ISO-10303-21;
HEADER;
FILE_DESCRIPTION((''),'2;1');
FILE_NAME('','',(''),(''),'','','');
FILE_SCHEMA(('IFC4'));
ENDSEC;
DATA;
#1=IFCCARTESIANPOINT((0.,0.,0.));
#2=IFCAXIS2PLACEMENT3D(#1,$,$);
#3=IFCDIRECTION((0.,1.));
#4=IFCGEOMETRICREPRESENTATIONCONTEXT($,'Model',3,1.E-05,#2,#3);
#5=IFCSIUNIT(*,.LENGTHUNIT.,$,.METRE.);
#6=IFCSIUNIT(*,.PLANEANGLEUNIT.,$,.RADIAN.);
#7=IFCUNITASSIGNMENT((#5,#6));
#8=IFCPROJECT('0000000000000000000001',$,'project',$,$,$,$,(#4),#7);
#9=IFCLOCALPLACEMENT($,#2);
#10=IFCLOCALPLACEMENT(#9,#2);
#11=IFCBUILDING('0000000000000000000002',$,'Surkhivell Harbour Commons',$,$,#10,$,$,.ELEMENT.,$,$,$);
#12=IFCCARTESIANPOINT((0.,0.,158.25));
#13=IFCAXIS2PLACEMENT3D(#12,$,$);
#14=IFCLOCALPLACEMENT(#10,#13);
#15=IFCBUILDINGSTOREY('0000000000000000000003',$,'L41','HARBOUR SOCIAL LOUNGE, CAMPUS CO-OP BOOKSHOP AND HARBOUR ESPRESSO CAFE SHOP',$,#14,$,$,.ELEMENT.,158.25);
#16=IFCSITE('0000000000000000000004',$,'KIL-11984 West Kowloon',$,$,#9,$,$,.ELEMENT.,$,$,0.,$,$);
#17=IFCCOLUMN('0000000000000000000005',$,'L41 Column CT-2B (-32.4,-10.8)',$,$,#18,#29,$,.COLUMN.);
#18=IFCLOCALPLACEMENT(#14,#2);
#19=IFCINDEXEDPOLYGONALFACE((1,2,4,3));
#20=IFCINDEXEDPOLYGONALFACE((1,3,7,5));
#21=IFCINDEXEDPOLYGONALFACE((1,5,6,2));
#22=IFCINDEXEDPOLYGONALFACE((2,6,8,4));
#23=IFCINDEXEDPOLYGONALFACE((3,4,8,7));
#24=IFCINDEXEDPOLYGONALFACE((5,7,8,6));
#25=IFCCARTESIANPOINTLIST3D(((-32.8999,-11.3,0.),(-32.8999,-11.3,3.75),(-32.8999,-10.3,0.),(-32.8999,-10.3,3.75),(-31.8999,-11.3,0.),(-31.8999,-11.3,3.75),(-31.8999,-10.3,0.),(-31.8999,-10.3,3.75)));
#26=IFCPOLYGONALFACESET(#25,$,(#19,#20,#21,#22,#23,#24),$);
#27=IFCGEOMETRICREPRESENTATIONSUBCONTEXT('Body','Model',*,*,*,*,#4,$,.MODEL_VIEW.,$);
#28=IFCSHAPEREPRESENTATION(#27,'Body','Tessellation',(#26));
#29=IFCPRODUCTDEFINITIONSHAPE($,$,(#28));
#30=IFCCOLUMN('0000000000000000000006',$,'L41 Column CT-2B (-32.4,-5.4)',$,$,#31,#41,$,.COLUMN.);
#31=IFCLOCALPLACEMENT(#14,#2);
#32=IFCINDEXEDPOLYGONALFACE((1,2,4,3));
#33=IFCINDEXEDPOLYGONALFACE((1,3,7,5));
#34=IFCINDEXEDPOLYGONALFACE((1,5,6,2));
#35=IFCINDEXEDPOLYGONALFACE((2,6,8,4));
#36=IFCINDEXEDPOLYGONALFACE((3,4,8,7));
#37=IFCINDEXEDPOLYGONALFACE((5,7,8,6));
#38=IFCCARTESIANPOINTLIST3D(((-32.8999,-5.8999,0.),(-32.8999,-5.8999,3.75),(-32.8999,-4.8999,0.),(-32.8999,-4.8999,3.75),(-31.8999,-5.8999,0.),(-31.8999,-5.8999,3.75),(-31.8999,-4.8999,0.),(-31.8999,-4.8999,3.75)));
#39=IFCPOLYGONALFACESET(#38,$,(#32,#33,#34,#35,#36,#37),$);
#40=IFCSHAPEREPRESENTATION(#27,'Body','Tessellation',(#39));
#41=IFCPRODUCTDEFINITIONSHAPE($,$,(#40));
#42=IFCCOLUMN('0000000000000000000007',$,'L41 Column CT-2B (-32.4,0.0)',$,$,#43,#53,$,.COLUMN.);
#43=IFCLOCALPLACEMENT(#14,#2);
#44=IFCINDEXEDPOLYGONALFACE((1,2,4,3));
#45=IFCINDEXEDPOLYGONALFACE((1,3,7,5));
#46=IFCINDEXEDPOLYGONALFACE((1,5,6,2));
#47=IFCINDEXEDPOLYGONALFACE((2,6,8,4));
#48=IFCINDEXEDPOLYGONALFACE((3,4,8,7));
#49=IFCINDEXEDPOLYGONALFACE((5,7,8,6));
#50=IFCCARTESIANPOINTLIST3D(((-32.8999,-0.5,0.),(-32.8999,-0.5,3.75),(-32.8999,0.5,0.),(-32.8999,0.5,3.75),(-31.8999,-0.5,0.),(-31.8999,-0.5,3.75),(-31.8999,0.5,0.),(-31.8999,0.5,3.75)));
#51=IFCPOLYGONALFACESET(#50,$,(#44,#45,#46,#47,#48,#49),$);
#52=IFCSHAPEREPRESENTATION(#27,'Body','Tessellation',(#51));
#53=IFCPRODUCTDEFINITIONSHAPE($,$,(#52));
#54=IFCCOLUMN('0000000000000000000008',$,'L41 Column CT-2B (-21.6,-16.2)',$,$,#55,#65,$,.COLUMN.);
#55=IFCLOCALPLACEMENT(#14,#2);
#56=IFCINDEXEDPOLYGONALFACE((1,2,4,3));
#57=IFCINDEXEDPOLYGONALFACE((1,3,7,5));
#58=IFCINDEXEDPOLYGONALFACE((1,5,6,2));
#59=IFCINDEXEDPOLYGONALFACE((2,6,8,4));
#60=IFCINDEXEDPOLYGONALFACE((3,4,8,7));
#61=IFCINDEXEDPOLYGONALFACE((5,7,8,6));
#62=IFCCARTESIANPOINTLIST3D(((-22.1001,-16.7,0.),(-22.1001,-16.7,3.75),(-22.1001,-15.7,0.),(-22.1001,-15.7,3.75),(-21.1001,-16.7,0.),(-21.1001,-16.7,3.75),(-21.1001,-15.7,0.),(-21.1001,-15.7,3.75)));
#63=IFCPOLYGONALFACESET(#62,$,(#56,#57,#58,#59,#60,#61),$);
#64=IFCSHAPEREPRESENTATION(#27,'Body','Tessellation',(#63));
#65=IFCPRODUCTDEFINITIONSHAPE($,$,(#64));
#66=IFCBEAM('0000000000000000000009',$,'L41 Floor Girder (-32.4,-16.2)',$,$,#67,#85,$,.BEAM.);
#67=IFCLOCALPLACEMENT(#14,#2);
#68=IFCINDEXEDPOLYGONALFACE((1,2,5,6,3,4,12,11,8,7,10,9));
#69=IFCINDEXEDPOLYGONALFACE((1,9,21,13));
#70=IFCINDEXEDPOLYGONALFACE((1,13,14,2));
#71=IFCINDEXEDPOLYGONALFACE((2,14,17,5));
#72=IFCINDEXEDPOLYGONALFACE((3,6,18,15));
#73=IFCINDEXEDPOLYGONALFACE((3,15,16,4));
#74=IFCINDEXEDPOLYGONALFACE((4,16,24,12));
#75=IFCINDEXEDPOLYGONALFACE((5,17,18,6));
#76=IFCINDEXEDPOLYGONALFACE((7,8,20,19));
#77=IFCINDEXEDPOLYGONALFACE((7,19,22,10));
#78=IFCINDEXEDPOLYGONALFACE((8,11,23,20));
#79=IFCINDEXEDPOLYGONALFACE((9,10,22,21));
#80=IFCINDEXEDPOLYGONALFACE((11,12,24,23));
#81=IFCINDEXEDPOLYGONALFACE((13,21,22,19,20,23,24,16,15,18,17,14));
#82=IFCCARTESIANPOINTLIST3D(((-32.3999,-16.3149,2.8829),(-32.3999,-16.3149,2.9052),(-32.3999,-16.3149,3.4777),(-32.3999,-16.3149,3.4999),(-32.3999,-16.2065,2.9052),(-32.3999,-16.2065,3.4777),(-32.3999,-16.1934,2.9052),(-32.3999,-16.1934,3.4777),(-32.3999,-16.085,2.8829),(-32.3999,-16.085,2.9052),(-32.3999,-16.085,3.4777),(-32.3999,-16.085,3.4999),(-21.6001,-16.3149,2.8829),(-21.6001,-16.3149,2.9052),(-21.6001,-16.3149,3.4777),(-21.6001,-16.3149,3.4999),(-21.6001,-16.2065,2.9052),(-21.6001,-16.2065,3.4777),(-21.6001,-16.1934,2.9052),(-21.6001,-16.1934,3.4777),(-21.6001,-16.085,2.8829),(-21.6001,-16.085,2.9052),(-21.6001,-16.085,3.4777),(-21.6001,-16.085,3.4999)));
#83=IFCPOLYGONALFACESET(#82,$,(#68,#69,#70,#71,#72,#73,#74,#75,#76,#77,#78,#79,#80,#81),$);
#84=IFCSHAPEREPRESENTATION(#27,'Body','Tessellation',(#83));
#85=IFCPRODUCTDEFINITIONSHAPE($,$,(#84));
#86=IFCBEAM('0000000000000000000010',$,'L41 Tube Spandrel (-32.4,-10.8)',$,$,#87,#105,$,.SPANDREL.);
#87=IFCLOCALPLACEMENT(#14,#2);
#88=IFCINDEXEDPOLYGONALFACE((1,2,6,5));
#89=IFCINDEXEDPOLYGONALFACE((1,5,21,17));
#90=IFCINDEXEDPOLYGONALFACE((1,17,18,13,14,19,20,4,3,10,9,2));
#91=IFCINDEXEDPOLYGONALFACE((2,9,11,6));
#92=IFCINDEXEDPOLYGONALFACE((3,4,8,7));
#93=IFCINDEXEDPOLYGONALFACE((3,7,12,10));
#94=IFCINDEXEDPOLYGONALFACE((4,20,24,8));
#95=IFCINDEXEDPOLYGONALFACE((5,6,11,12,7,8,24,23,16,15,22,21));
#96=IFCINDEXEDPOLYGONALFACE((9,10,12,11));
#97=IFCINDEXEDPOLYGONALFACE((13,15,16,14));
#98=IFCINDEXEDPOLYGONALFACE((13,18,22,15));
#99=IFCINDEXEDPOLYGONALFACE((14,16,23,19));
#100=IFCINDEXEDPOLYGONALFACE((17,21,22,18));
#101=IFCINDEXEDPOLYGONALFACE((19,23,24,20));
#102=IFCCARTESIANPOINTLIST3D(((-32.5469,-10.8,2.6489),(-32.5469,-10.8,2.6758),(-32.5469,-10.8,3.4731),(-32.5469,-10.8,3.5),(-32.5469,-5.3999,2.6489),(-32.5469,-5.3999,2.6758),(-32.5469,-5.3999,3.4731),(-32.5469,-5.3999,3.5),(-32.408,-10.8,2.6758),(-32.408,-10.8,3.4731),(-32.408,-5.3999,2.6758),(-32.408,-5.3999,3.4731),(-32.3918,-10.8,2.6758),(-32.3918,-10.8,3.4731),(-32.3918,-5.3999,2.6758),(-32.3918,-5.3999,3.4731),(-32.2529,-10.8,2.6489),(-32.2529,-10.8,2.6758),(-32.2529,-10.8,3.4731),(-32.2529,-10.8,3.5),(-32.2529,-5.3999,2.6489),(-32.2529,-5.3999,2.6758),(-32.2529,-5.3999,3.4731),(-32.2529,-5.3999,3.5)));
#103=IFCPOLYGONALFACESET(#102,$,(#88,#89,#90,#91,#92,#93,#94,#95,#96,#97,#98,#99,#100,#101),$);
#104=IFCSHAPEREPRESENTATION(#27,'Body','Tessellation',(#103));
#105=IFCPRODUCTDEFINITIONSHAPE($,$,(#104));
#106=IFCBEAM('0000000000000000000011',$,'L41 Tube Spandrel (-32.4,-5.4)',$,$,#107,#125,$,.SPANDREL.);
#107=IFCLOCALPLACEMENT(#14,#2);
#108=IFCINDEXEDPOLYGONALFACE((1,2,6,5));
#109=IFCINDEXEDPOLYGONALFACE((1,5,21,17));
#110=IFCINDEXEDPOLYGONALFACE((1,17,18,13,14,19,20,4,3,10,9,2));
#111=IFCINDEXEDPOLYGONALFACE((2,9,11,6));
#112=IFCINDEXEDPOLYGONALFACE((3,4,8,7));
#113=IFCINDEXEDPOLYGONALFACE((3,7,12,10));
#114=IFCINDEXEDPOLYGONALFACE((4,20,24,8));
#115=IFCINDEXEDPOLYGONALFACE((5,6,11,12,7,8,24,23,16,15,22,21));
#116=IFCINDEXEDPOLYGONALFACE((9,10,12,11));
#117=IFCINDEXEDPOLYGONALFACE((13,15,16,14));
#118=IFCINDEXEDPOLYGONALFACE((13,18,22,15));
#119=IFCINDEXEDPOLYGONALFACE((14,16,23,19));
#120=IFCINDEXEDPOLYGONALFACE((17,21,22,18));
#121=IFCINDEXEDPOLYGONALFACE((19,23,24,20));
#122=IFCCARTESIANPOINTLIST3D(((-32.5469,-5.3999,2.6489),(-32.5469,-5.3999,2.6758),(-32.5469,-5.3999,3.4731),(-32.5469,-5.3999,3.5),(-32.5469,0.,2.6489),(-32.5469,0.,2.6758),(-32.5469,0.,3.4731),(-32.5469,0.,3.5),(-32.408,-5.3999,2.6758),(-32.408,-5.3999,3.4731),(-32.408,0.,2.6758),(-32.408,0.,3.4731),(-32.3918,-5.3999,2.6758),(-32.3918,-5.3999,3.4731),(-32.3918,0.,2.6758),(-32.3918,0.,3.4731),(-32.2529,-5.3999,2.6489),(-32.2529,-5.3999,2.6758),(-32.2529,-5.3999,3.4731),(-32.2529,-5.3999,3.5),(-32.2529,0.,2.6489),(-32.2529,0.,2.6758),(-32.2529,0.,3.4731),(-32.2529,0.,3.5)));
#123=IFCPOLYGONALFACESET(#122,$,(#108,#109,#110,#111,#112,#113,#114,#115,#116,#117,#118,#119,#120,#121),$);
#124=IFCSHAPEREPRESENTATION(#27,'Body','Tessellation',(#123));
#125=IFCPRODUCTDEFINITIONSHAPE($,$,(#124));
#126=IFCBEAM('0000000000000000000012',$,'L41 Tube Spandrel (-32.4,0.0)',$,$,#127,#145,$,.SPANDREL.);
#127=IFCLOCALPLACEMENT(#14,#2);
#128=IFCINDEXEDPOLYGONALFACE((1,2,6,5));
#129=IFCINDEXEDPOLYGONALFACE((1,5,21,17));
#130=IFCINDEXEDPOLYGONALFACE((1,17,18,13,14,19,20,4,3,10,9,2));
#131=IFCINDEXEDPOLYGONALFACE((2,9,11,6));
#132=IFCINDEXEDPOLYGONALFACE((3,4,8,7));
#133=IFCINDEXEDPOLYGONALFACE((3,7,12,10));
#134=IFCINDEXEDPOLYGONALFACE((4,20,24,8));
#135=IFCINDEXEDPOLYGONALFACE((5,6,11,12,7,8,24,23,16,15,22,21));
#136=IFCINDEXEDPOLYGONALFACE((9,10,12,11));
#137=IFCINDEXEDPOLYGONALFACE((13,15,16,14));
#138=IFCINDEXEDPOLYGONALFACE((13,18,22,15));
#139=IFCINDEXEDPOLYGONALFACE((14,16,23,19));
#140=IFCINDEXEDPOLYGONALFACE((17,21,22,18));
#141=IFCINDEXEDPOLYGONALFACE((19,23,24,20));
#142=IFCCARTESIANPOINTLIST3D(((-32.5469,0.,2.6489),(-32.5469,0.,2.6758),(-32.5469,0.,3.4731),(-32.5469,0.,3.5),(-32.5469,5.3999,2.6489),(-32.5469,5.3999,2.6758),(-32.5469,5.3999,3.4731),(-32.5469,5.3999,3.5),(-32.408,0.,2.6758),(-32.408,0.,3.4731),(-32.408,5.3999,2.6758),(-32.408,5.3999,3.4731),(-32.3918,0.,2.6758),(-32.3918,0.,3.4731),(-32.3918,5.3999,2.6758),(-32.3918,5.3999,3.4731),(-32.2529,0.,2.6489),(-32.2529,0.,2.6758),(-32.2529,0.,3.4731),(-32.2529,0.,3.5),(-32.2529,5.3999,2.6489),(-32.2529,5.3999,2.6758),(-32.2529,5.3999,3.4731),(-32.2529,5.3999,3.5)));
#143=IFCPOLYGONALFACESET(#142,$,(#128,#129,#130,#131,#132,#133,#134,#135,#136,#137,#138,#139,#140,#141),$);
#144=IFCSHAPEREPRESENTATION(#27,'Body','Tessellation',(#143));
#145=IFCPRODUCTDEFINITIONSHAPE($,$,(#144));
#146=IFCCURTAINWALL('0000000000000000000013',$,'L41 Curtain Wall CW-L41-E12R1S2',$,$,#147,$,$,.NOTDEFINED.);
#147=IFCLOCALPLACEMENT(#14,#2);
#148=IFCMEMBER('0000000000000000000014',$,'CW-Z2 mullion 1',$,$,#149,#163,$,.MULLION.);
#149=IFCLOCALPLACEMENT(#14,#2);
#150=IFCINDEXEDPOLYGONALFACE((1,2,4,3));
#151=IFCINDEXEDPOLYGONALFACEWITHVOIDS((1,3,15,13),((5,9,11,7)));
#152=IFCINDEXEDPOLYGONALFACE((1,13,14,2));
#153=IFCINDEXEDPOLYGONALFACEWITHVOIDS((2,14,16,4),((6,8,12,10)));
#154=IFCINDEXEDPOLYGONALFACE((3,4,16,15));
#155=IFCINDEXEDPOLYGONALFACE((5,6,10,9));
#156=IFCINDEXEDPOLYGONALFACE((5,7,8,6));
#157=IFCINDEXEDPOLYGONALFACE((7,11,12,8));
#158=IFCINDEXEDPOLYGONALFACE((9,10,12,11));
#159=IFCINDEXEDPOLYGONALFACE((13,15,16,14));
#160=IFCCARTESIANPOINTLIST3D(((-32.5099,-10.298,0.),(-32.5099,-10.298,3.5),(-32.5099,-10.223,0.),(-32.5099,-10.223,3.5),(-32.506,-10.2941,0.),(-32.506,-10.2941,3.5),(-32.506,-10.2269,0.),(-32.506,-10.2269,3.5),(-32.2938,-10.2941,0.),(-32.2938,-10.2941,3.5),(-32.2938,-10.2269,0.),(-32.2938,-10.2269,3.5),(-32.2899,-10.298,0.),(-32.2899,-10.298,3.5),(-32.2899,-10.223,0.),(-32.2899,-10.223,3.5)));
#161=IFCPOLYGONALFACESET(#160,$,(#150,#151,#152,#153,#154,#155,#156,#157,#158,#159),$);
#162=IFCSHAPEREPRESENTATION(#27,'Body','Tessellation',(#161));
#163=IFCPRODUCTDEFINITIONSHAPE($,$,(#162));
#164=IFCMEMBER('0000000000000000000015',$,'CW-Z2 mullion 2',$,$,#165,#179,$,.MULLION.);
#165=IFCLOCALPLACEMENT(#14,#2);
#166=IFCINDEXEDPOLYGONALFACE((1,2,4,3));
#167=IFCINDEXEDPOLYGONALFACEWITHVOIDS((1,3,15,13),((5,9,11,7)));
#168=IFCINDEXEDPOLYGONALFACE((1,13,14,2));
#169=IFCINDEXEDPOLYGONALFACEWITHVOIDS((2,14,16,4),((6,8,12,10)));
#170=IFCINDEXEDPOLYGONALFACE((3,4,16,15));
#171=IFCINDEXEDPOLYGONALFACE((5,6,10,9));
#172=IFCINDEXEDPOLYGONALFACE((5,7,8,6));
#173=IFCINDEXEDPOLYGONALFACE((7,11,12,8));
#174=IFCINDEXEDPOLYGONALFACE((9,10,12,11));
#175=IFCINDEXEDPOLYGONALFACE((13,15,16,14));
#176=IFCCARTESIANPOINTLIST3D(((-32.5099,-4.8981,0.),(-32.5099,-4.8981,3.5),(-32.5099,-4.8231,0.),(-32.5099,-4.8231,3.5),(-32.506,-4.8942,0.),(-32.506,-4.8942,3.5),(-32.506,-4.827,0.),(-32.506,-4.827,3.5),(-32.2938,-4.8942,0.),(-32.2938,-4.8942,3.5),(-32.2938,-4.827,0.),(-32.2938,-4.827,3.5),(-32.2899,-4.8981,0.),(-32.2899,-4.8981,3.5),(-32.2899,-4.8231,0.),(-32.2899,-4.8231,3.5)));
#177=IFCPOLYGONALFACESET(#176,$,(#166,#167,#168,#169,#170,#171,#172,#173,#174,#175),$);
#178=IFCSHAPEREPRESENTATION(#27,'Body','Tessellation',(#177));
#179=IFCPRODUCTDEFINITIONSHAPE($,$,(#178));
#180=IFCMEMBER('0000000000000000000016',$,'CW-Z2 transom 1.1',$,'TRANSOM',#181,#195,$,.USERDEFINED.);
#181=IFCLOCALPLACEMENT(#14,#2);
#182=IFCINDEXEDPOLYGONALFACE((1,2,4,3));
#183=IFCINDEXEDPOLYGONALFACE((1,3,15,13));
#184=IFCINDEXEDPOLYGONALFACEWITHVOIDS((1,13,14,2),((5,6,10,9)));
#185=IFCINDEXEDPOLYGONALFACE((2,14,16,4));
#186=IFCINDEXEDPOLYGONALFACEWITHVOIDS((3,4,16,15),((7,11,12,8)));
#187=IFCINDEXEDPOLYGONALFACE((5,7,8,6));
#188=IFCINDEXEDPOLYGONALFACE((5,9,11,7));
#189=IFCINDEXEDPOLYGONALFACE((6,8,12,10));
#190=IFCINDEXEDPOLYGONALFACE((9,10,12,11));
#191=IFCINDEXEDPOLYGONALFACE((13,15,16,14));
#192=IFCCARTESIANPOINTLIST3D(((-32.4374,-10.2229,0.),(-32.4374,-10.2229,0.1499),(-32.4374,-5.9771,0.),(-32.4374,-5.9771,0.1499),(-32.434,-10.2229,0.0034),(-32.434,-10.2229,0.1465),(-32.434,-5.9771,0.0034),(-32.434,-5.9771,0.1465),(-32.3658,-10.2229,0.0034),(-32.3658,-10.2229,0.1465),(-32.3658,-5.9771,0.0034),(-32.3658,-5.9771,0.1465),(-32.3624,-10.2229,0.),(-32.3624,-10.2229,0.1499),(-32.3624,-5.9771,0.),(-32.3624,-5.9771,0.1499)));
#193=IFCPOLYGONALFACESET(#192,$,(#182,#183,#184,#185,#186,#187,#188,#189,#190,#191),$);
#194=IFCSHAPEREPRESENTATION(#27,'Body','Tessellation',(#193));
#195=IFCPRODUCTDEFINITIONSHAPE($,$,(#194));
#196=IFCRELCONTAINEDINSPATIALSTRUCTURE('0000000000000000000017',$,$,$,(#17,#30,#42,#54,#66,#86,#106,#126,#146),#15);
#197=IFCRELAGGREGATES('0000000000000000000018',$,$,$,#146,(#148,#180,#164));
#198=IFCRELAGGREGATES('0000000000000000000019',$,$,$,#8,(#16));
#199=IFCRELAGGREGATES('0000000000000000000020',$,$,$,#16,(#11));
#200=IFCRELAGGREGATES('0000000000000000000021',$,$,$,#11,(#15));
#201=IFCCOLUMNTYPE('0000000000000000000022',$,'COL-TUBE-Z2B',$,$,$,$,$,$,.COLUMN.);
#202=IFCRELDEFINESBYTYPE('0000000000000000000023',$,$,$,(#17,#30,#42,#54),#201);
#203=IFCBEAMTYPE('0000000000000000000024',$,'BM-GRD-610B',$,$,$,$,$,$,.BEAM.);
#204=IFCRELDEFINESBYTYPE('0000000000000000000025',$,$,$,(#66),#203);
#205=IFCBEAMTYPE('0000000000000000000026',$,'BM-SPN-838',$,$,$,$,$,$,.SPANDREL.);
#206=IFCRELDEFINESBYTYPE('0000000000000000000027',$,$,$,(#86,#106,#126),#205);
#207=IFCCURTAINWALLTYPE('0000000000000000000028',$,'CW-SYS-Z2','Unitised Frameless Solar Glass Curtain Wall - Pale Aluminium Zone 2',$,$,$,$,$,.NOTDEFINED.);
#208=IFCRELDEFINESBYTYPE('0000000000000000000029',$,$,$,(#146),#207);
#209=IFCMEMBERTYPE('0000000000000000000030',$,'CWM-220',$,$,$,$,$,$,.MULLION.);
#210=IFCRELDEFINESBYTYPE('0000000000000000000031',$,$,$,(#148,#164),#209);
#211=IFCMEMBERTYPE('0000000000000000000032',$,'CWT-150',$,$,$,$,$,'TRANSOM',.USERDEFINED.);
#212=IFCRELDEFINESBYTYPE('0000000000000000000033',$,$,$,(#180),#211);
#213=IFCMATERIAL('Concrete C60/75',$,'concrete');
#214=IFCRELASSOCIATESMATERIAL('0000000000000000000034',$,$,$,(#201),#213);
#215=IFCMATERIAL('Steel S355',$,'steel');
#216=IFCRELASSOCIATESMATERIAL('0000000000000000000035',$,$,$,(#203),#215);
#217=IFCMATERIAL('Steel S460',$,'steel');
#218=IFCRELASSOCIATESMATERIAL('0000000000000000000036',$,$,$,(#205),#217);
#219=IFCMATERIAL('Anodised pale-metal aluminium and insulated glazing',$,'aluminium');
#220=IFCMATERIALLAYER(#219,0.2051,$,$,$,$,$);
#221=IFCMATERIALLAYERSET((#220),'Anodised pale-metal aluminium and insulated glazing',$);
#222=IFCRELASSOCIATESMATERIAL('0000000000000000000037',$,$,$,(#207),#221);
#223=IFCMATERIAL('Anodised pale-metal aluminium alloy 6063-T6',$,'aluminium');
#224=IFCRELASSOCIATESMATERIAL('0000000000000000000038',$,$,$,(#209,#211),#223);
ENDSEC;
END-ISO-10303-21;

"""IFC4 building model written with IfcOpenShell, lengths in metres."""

from ifc_helpers import new_model, si_unit, direction, frame, origin, origin_2d, place, context, subcontext, project, spatial, rectangle, hollow_rectangle, i_section, extrude, material, layer, layer_set, material_profile, profile_set, type_object, element, aggregate, save


model = new_model("IFC4")

# Units and contexts
model_context = context("Model", 3, precision=1e-05, world=origin(), true_north=direction((0.0, 1.0)))
body_context = subcontext(model_context, "Body", "Model", "MODEL_VIEW")
ifc_project = project(units=[si_unit("LENGTHUNIT", "METRE"), si_unit("PLANEANGLEUNIT", "RADIAN")], contexts=[model_context])

# Site, building, storey
site_placement = place(None, origin())
site = spatial("IfcSite", under=ifc_project, at=site_placement, Name="KIL-11984 West Kowloon", CompositionType="ELEMENT", RefElevation=0.0)
building_placement = place(site_placement, origin())
building = spatial("IfcBuilding", under=site, at=building_placement, Name="Surkhivell Harbour Commons", CompositionType="ELEMENT")
storey_placement = place(building_placement, frame((0.0, 0.0, 158.25)))
storey = spatial("IfcBuildingStorey", under=building, at=storey_placement, Name="L41", Description="HARBOUR SOCIAL LOUNGE, CAMPUS CO-OP BOOKSHOP AND HARBOUR ESPRESSO CAFE SHOP", CompositionType="ELEMENT", Elevation=158.25)

# Columns
ifc_material_1 = material(Name="Concrete C60/75", Category="concrete")
ifc_material_profile_1 = material_profile(ifc_material_1, rectangle(XDim=1.0, YDim=1.0, at=origin_2d()), Name="RC-COL-1000x1000")
ifc_profile_set_1 = profile_set([ifc_material_profile_1], Name="Concrete C60/75")
column_type = type_object("IfcColumnType", Name="COL-TUBE-Z2B", PredefinedType="COLUMN", material=ifc_profile_set_1)
for number, where, z_axis, x_axis, name in (
    (1, (-32.3999, -10.8, 0.0), (0.0, 0.0, 1.0), (1.0, 0.0, 0.0), "L41 Column CT-2B (-32.4,-10.8)"),
    (2, (-32.3999, -5.3999, 0.0), (0.0, 0.0, 1.0), (1.0, 0.0, 0.0), "L41 Column CT-2B (-32.4,-5.4)"),
    (3, (-32.3999, 0.0, 0.0), (0.0, 0.0, 1.0), (1.0, 0.0, 0.0), "L41 Column CT-2B (-32.4,0.0)"),
    (4, (-21.6001, -16.2, 0.0), (0.0, 0.0, 1.0), (1.0, 0.0, 0.0), "L41 Column CT-2B (-21.6,-16.2)"),
):
    element("IfcColumn", number, at=place(storey_placement, frame(where, z_axis=z_axis, x_axis=x_axis)), inside=storey, type_object=column_type, Name=name, PredefinedType="COLUMN", context=body_context, shape_type="SweptSolid", body=[
        extrude(rectangle(XDim=1.0, YDim=1.0, at=origin_2d()), origin(), (0.0, 0.0, 1.0), 3.75),
    ])

# Beams
ifc_material_2 = material(Name="Steel S355", Category="steel")
ifc_material_profile_2 = material_profile(ifc_material_2, i_section(OverallWidth=0.23, OverallDepth=0.6169, WebThickness=0.0132, FlangeThickness=0.0222, at=origin_2d()), Name="UB610x229x140")
ifc_profile_set_2 = profile_set([ifc_material_profile_2], Name="Steel S355")
beam_type_1 = type_object("IfcBeamType", Name="BM-GRD-610B", PredefinedType="BEAM", material=ifc_profile_set_2)
beam_1_placement = place(storey_placement, frame((-32.3999, -16.2, 3.1914), z_axis=(1.0, 0.0, 0.0), x_axis=(0.0, 1.0, 0.0)))
element("IfcBeam", 5, at=beam_1_placement, inside=storey, type_object=beam_type_1, Name="L41 Floor Girder (-32.4,-16.2)", PredefinedType="BEAM", context=body_context, shape_type="SweptSolid", body=[
    extrude(i_section(OverallWidth=0.23, OverallDepth=0.6169, WebThickness=0.0132, FlangeThickness=0.0222, at=origin_2d()), origin(), (0.0, 0.0, 1.0), 10.7998),
])
ifc_material_3 = material(Name="Steel S460", Category="steel")
ifc_material_profile_3 = material_profile(ifc_material_3, i_section(OverallWidth=0.2939, OverallDepth=0.8511, WebThickness=0.0161, FlangeThickness=0.0269, at=origin_2d()), Name="UB838x292x226")
ifc_profile_set_3 = profile_set([ifc_material_profile_3], Name="Steel S460")
beam_type_2 = type_object("IfcBeamType", Name="BM-SPN-838", PredefinedType="SPANDREL", material=ifc_profile_set_3)
beam_2_placement = place(storey_placement, frame((-32.3999, -10.8, 3.0745), z_axis=(0.0, 1.0, 0.0), x_axis=(-1.0, 0.0, 0.0)))
element("IfcBeam", 6, at=beam_2_placement, inside=storey, type_object=beam_type_2, Name="L41 Tube Spandrel (-32.4,-10.8)", PredefinedType="SPANDREL", context=body_context, shape_type="SweptSolid", body=[
    extrude(i_section(OverallWidth=0.2939, OverallDepth=0.8511, WebThickness=0.0161, FlangeThickness=0.0269, at=origin_2d()), origin(), (0.0, 0.0, 1.0), 5.4001),
])
for number, where, z_axis, x_axis, name in (
    (7, (-32.3999, -5.3999, 3.0745), (0.0, 1.0, 0.0), (-1.0, 0.0, 0.0), "L41 Tube Spandrel (-32.4,-5.4)"),
    (8, (-32.3999, 0.0, 3.0745), (0.0, 1.0, 0.0), (-1.0, 0.0, 0.0), "L41 Tube Spandrel (-32.4,0.0)"),
):
    element("IfcBeam", number, at=place(storey_placement, frame(where, z_axis=z_axis, x_axis=x_axis)), inside=storey, type_object=beam_type_2, Name=name, PredefinedType="SPANDREL", context=body_context, shape_type="SweptSolid", body=[
        extrude(i_section(OverallWidth=0.2939, OverallDepth=0.8511, WebThickness=0.0161, FlangeThickness=0.0269, at=origin_2d()), origin(), (0.0, 0.0, 1.0), 5.3999),
    ])

# Curtain wall, members
ifc_material_4 = material(Name="Anodised pale-metal aluminium and insulated glazing", Category="aluminium")
ifc_layer_1 = layer(ifc_material_4, 0.2051)
ifc_layer_set_1 = layer_set([ifc_layer_1], Name="Anodised pale-metal aluminium and insulated glazing")
curtain_wall_type = type_object("IfcCurtainWallType", Name="CW-SYS-Z2", Description="Unitised Frameless Solar Glass Curtain Wall - Pale Aluminium Zone 2", PredefinedType="NOTDEFINED", material=ifc_layer_set_1)
curtain_wall_placement = place(storey_placement, origin())
curtain_wall = element("IfcCurtainWall", 9, at=curtain_wall_placement, inside=storey, type_object=curtain_wall_type, Name="L41 Curtain Wall CW-L41-E12R1S2", PredefinedType="NOTDEFINED")
ifc_material_5 = material(Name="Anodised pale-metal aluminium alloy 6063-T6", Category="aluminium")
ifc_material_profile_4 = material_profile(ifc_material_5, hollow_rectangle(XDim=0.075, YDim=0.22, WallThickness=0.0039, at=origin_2d()), Name="ALU-MULL-75x220")
ifc_profile_set_4 = profile_set([ifc_material_profile_4], Name="Anodised pale-metal aluminium alloy 6063-T6")
member_type_1 = type_object("IfcMemberType", Name="CWM-220", PredefinedType="MULLION", material=ifc_profile_set_4)
member_1_placement = place(storey_placement, frame((-32.3999, -10.2605, 0.0), z_axis=(0.0, 0.0, 1.0), x_axis=(0.0, 1.0, 0.0)))
member_1 = element("IfcMember", 10, at=member_1_placement, type_object=member_type_1, Name="CW-Z2 mullion 1", PredefinedType="MULLION", context=body_context, shape_type="SweptSolid", body=[
    extrude(hollow_rectangle(XDim=0.075, YDim=0.22, WallThickness=0.0039, at=origin_2d()), origin(), (0.0, 0.0, 1.0), 3.5),
])
member_2_placement = place(storey_placement, frame((-32.3999, -4.8606, 0.0), z_axis=(0.0, 0.0, 1.0), x_axis=(0.0, 1.0, 0.0)))
member_2 = element("IfcMember", 11, at=member_2_placement, type_object=member_type_1, Name="CW-Z2 mullion 2", PredefinedType="MULLION", context=body_context, shape_type="SweptSolid", body=[
    extrude(hollow_rectangle(XDim=0.075, YDim=0.22, WallThickness=0.0039, at=origin_2d()), origin(), (0.0, 0.0, 1.0), 3.5),
])
ifc_material_profile_5 = material_profile(ifc_material_5, hollow_rectangle(XDim=0.075, YDim=0.1499, WallThickness=0.0034, at=origin_2d()), Name="ALU-TRAN-75x150")
ifc_profile_set_5 = profile_set([ifc_material_profile_5], Name="Anodised pale-metal aluminium alloy 6063-T6")
member_type_2 = type_object("IfcMemberType", Name="CWT-150", ElementType="TRANSOM", PredefinedType="USERDEFINED", material=ifc_profile_set_5)
member_3_placement = place(storey_placement, frame((-32.3999, -10.2229, 0.075), z_axis=(0.0, 1.0, 0.0), x_axis=(-1.0, 0.0, 0.0)))
member_3 = element("IfcMember", 12, at=member_3_placement, type_object=member_type_2, Name="CW-Z2 transom 1.1", ObjectType="TRANSOM", PredefinedType="USERDEFINED", context=body_context, shape_type="SweptSolid", body=[
    extrude(hollow_rectangle(XDim=0.075, YDim=0.1499, WallThickness=0.0034, at=origin_2d()), origin(), (0.0, 0.0, 1.0), 4.2458),
])

aggregate(curtain_wall, [member_1, member_3, member_2])

save(model, "model.ifc")
